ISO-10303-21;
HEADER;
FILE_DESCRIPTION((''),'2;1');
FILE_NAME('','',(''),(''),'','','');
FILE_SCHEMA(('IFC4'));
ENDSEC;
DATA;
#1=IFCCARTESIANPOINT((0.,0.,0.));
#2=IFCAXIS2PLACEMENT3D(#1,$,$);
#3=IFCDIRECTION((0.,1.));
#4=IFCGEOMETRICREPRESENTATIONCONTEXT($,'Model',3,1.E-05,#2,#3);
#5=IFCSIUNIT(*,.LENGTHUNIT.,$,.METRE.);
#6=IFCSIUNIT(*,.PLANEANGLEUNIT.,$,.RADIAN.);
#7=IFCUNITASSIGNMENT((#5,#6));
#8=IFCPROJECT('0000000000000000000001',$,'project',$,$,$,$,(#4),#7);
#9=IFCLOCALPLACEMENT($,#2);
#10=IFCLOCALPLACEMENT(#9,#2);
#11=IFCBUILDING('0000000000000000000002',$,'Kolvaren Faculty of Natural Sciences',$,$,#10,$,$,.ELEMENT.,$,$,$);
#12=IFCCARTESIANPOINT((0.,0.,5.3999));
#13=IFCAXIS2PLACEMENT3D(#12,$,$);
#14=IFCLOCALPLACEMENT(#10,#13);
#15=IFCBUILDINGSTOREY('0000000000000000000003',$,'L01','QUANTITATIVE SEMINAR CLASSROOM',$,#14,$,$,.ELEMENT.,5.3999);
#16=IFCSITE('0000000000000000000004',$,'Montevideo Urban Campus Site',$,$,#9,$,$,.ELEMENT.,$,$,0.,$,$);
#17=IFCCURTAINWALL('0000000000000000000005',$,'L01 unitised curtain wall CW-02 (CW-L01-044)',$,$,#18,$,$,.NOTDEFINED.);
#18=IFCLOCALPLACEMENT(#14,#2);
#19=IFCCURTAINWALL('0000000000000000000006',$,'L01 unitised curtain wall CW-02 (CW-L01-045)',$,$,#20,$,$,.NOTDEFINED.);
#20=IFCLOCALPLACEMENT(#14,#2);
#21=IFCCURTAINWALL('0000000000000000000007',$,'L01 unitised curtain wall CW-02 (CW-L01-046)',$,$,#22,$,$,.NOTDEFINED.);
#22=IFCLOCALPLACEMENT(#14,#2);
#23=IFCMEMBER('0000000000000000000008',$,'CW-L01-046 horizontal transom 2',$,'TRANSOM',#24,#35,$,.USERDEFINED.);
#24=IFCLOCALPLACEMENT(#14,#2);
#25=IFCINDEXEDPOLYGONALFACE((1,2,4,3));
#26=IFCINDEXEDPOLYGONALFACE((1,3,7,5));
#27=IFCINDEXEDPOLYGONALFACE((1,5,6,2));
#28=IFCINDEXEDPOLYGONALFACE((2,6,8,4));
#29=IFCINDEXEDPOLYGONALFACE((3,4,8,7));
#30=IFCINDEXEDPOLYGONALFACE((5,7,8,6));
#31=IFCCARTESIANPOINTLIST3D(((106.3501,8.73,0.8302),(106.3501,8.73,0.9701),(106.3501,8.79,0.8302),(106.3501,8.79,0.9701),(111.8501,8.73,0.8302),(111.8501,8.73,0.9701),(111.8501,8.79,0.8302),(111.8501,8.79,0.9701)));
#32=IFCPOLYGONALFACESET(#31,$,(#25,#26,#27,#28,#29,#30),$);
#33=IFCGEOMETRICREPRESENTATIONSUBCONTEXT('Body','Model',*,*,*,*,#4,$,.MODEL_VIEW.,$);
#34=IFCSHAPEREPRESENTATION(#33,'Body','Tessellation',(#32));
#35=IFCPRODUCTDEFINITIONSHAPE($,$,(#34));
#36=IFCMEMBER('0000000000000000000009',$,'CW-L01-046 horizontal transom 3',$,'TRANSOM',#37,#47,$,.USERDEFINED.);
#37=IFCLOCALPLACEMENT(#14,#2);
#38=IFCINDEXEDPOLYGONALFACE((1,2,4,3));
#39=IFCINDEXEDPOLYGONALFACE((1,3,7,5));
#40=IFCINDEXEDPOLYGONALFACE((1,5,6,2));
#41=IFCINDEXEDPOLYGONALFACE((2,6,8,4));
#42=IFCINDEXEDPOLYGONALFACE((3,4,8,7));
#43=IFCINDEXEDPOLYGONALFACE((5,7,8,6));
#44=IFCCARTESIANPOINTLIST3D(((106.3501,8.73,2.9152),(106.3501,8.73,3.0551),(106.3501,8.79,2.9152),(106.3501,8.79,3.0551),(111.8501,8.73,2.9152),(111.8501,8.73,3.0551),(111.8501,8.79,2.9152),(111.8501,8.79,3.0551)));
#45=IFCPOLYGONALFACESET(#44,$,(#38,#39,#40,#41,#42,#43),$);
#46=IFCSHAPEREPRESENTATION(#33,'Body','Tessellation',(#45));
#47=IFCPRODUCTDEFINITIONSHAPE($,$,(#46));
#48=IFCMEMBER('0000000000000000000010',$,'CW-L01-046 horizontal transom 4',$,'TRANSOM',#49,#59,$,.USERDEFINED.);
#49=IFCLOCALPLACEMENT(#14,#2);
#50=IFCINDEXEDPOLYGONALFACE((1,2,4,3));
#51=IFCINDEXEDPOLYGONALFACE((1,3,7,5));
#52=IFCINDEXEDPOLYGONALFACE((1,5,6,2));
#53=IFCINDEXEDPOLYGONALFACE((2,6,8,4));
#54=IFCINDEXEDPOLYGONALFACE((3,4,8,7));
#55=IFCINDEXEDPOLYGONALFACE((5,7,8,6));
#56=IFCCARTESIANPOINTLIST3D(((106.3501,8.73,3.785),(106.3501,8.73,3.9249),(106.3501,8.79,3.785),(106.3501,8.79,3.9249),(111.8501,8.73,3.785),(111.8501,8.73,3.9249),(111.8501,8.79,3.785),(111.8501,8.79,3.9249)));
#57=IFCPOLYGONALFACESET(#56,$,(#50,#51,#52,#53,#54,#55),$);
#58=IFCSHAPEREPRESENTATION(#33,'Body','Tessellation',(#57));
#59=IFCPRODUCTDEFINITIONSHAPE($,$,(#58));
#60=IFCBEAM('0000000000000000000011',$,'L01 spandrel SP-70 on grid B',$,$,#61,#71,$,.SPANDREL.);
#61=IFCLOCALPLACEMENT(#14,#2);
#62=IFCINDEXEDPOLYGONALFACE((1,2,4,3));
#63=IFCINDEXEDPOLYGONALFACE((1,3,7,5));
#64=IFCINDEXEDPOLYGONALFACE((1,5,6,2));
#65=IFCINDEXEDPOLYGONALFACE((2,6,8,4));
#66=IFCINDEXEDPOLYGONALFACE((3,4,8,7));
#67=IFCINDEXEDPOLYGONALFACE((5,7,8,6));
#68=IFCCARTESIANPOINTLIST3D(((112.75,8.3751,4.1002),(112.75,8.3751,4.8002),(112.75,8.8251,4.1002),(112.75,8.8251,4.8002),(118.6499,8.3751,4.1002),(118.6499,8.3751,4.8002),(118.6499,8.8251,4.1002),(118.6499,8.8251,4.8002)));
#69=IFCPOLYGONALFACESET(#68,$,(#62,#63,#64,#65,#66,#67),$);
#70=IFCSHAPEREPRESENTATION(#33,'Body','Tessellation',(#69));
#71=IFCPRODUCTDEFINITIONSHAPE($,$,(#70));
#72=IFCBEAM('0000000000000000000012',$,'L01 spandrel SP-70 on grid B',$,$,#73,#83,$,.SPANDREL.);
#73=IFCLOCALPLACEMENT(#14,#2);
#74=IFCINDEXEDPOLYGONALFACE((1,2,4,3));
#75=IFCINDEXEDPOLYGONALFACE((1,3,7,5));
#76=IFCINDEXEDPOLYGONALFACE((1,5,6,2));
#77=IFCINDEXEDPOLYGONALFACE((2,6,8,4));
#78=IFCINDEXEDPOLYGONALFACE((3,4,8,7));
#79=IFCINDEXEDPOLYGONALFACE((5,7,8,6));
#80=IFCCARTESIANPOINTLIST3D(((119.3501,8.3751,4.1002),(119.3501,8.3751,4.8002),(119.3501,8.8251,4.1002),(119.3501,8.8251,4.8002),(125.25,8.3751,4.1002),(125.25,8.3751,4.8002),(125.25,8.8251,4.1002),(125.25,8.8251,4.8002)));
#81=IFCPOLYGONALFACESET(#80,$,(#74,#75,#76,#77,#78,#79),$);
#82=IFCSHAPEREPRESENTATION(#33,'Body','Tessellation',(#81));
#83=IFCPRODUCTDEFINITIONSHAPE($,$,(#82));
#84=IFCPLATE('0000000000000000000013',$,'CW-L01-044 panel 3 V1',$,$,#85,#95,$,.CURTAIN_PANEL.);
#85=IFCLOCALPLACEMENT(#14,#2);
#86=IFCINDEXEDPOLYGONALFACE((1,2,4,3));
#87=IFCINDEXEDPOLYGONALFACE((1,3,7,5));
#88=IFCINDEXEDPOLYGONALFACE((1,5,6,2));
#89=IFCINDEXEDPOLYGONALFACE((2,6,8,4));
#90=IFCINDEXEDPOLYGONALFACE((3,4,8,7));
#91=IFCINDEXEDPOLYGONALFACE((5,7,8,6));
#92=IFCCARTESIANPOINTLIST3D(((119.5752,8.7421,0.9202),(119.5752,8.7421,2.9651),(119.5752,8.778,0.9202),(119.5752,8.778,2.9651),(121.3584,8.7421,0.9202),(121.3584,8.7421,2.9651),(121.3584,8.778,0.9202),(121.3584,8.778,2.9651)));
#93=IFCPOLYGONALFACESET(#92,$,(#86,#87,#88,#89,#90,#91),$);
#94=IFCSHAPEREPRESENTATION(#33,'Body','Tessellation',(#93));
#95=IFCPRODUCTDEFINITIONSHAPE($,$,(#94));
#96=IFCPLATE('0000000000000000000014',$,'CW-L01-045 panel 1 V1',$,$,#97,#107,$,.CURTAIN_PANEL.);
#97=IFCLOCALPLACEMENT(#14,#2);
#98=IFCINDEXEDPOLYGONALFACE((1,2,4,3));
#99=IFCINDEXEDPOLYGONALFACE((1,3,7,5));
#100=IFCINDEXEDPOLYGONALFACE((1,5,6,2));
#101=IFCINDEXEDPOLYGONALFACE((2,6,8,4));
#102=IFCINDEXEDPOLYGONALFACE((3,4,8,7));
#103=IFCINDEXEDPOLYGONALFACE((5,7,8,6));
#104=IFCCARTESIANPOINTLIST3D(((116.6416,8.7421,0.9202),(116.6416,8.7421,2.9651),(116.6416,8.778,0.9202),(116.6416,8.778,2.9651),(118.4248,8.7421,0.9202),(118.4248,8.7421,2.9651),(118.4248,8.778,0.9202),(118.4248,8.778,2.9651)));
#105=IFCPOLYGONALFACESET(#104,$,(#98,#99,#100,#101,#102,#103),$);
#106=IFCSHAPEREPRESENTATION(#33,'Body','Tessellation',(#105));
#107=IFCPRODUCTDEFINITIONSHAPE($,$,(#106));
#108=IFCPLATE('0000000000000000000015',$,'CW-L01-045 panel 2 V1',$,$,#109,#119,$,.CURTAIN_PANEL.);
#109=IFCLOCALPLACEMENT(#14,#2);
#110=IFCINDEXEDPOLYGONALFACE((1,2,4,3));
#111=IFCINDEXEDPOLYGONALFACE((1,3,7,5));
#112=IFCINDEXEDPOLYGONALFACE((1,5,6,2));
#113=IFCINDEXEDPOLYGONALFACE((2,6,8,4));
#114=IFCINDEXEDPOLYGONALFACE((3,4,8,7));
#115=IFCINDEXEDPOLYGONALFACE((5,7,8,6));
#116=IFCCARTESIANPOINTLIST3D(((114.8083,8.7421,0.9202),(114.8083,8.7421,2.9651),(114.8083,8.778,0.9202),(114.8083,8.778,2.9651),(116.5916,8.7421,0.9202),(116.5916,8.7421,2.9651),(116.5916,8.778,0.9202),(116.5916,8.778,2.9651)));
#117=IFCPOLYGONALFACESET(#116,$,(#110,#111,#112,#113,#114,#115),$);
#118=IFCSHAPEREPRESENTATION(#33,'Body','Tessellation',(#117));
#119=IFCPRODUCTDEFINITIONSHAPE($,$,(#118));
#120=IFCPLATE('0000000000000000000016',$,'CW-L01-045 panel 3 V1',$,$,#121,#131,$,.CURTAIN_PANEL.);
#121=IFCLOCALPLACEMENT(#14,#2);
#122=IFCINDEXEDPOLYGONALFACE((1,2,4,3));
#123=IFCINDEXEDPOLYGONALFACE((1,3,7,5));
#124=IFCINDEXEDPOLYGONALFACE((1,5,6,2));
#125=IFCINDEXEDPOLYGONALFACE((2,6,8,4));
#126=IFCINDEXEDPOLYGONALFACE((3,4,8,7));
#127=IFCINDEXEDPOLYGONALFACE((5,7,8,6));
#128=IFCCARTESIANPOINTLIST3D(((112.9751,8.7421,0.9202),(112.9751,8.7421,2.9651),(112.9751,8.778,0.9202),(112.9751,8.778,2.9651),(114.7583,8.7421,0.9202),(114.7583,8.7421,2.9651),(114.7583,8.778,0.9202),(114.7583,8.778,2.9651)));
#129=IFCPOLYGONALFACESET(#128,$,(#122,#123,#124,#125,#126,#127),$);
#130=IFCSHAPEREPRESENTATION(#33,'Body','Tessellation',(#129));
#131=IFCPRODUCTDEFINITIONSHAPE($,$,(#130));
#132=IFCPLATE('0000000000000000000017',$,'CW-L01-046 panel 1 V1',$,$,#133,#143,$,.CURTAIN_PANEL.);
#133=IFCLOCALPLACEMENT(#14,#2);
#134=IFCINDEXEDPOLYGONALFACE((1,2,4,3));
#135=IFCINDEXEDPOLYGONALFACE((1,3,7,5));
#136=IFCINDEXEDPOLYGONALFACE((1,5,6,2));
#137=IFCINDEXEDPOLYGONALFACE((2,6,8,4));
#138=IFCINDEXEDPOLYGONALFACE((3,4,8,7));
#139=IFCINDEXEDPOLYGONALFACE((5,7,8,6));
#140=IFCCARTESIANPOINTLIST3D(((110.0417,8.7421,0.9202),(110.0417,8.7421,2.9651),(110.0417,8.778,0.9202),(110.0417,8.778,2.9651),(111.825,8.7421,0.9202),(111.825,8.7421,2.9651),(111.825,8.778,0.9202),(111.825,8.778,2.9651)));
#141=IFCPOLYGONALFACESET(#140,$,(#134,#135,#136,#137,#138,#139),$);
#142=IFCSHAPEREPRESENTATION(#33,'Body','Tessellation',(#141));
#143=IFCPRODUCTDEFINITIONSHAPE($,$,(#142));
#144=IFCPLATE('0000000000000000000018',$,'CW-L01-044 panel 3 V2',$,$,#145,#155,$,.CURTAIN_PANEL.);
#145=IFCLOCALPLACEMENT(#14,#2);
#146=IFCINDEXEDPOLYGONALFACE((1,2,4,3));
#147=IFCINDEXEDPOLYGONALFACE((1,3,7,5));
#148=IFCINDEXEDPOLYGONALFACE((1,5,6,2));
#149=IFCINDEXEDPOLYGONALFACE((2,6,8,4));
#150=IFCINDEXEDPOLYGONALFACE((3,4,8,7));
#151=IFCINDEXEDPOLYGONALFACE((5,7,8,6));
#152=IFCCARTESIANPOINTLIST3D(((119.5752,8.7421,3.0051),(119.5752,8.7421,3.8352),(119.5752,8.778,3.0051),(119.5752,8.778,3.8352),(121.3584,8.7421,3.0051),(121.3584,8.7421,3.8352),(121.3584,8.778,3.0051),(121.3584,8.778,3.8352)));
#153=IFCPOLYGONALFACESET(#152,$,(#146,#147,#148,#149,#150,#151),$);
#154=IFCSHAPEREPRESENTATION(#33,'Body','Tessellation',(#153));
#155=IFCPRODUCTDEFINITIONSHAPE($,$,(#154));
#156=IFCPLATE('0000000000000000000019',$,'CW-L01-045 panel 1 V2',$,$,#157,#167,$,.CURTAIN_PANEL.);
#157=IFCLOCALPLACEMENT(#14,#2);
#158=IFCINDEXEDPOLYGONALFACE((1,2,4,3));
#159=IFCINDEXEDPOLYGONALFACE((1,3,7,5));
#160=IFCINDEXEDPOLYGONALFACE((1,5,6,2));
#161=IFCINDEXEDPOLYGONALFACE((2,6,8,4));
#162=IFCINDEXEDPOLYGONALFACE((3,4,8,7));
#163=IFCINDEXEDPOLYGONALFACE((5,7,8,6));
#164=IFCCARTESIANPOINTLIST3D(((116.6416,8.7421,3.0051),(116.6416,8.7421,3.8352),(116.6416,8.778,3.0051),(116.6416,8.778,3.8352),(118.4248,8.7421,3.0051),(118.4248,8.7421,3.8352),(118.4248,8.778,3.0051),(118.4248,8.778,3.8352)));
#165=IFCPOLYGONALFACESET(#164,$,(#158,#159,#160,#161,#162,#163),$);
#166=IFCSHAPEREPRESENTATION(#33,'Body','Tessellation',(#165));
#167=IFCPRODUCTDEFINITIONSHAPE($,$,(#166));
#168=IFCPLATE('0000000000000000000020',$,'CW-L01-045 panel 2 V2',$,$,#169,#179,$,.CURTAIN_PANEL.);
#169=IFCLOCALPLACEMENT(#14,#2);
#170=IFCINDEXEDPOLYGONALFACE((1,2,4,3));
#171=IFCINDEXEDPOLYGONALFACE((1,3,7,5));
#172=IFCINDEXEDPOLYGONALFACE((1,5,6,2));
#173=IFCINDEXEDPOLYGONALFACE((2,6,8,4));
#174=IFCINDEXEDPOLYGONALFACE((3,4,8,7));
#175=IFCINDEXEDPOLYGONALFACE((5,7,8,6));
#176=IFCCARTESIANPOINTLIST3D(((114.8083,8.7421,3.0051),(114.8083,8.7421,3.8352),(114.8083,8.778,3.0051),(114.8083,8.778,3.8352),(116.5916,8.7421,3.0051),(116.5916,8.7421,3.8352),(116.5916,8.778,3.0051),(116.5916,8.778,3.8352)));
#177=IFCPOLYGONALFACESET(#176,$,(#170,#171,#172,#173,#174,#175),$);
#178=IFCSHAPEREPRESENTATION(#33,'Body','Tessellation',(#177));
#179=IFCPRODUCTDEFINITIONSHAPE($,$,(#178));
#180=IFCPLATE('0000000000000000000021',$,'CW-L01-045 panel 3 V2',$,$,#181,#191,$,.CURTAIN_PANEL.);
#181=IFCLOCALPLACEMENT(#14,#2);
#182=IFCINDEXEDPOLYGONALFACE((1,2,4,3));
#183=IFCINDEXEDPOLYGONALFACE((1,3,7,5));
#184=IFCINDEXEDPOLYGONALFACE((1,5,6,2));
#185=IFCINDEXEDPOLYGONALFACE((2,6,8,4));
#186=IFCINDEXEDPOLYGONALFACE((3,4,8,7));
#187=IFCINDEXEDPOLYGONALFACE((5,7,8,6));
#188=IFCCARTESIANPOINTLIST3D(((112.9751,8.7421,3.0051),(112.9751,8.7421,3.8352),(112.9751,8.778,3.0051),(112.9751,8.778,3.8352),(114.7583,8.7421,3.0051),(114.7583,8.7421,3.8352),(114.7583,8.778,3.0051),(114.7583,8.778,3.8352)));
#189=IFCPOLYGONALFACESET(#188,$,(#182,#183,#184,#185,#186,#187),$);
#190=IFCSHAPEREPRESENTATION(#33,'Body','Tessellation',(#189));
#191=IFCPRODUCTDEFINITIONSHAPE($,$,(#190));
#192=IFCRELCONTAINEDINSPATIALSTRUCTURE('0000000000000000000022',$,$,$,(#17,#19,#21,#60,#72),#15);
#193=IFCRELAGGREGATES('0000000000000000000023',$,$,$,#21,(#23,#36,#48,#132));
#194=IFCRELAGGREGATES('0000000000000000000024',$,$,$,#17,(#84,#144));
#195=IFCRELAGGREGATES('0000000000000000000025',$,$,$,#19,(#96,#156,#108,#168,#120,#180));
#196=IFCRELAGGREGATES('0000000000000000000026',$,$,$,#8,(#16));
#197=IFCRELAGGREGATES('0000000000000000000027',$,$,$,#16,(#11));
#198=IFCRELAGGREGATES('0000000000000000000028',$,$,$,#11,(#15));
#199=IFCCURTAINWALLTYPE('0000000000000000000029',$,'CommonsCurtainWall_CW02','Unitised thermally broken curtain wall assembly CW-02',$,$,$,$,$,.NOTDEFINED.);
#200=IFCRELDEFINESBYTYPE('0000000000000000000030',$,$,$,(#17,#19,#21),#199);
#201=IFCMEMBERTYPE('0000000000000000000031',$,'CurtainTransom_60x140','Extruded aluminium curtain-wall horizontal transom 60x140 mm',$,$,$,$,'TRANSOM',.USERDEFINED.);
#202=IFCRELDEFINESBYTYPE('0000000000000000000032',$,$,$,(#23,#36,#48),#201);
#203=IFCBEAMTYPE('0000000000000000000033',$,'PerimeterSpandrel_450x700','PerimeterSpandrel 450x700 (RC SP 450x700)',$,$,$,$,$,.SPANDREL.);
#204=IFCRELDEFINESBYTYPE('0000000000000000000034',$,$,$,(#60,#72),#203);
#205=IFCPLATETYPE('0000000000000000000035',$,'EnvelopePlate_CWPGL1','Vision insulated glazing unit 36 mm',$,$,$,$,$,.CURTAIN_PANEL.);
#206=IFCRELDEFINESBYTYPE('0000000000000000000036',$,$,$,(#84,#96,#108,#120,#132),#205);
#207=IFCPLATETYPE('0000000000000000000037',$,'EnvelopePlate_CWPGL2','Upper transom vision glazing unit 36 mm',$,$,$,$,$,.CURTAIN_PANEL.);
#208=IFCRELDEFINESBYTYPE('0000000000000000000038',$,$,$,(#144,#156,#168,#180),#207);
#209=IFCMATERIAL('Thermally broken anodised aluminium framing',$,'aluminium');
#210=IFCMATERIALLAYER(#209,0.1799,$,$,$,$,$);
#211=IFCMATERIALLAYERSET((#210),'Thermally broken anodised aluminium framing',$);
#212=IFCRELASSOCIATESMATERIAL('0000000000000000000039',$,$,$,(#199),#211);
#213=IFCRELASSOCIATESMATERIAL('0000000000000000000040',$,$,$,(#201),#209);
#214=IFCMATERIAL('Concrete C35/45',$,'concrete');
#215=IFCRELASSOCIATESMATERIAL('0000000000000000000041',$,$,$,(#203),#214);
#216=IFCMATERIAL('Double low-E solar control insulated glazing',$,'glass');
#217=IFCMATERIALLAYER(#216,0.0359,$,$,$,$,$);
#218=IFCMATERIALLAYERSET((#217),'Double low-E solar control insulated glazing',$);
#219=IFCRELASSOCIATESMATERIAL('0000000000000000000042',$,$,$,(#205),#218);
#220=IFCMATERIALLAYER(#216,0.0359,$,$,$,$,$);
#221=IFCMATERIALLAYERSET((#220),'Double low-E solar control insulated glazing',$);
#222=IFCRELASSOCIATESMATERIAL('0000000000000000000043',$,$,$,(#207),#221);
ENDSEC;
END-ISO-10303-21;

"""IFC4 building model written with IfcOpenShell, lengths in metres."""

from ifc_helpers import new_model, si_unit, direction, frame, origin, origin_2d, place, context, subcontext, project, spatial, rectangle, extrude, material, layer, layer_set, material_profile, profile_set, type_object, element, aggregate, save


model = new_model("IFC4")

# Units and contexts
model_context = context("Model", 3, precision=1e-05, world=origin(), true_north=direction((0.0, 1.0)))
body_context = subcontext(model_context, "Body", "Model", "MODEL_VIEW")
ifc_project = project(units=[si_unit("LENGTHUNIT", "METRE"), si_unit("PLANEANGLEUNIT", "RADIAN")], contexts=[model_context])

# Site, building, storey
site_placement = place(None, origin())
site = spatial("IfcSite", under=ifc_project, at=site_placement, Name="Montevideo Urban Campus Site", CompositionType="ELEMENT", RefElevation=0.0)
building_placement = place(site_placement, origin())
building = spatial("IfcBuilding", under=site, at=building_placement, Name="Kolvaren Faculty of Natural Sciences", CompositionType="ELEMENT")
storey_placement = place(building_placement, frame((0.0, 0.0, 5.3999)))
storey = spatial("IfcBuildingStorey", under=building, at=storey_placement, Name="L01", Description="QUANTITATIVE SEMINAR CLASSROOM", CompositionType="ELEMENT", Elevation=5.3999)

# Curtain walls
ifc_material_1 = material(Name="Thermally broken anodised aluminium framing", Category="aluminium")
ifc_layer_1 = layer(ifc_material_1, 0.1799)
ifc_layer_set_1 = layer_set([ifc_layer_1], Name="Thermally broken anodised aluminium framing")
curtain_wall_type = type_object("IfcCurtainWallType", Name="CommonsCurtainWall_CW02", Description="Unitised thermally broken curtain wall assembly CW-02", PredefinedType="NOTDEFINED", material=ifc_layer_set_1)
curtain_wall_1_placement = place(storey_placement, origin())
curtain_wall_1 = element("IfcCurtainWall", 1, at=curtain_wall_1_placement, inside=storey, type_object=curtain_wall_type, Name="L01 unitised curtain wall CW-02 (CW-L01-044)", PredefinedType="NOTDEFINED")
curtain_wall_2_placement = place(storey_placement, origin())
curtain_wall_2 = element("IfcCurtainWall", 2, at=curtain_wall_2_placement, inside=storey, type_object=curtain_wall_type, Name="L01 unitised curtain wall CW-02 (CW-L01-045)", PredefinedType="NOTDEFINED")

# Curtain wall
curtain_wall_3_placement = place(storey_placement, origin())
curtain_wall_3 = element("IfcCurtainWall", 3, at=curtain_wall_3_placement, inside=storey, type_object=curtain_wall_type, Name="L01 unitised curtain wall CW-02 (CW-L01-046)", PredefinedType="NOTDEFINED")

# Members
ifc_material_profile_1 = material_profile(ifc_material_1, rectangle(XDim=0.0601, YDim=0.1399, at=origin_2d()), Name="ALU TRN 60x140")
ifc_profile_set_1 = profile_set([ifc_material_profile_1], Name="Thermally broken anodised aluminium framing")
member_type_1 = type_object("IfcMemberType", Name="CurtainTransom_60x140", Description="Extruded aluminium curtain-wall horizontal transom 60x140 mm", ElementType="TRANSOM", PredefinedType="USERDEFINED", material=ifc_profile_set_1)
member_1_placement = place(storey_placement, frame((111.8501, 8.76, 0.9001), z_axis=(-1.0, 0.0, 0.0), x_axis=(0.0, -1.0, 0.0)))
member_1 = element("IfcMember", 4, at=member_1_placement, type_object=member_type_1, Name="CW-L01-046 horizontal transom 2", ObjectType="TRANSOM", PredefinedType="USERDEFINED", context=body_context, shape_type="SweptSolid", body=[
    extrude(rectangle(XDim=0.0601, YDim=0.1399, at=origin_2d()), origin(), (0.0, 0.0, 1.0), 5.5),
])
member_2_placement = place(storey_placement, frame((111.8501, 8.76, 2.9851), z_axis=(-1.0, 0.0, 0.0), x_axis=(0.0, -1.0, 0.0)))
member_2 = element("IfcMember", 5, at=member_2_placement, type_object=member_type_1, Name="CW-L01-046 horizontal transom 3", ObjectType="TRANSOM", PredefinedType="USERDEFINED", context=body_context, shape_type="SweptSolid", body=[
    extrude(rectangle(XDim=0.0601, YDim=0.1399, at=origin_2d()), origin(), (0.0, 0.0, 1.0), 5.5),
])
member_3_placement = place(storey_placement, frame((111.8501, 8.76, 3.855), z_axis=(-1.0, 0.0, 0.0), x_axis=(0.0, -1.0, 0.0)))
member_3 = element("IfcMember", 6, at=member_3_placement, type_object=member_type_1, Name="CW-L01-046 horizontal transom 4", ObjectType="TRANSOM", PredefinedType="USERDEFINED", context=body_context, shape_type="SweptSolid", body=[
    extrude(rectangle(XDim=0.0601, YDim=0.1399, at=origin_2d()), origin(), (0.0, 0.0, 1.0), 5.5),
])

# Beams
ifc_material_2 = material(Name="Concrete C35/45", Category="concrete")
ifc_material_profile_2 = material_profile(ifc_material_2, rectangle(XDim=0.45, YDim=0.7, at=origin_2d()), Name="RC SP 450x700")
ifc_profile_set_2 = profile_set([ifc_material_profile_2], Name="Concrete C35/45")
beam_type = type_object("IfcBeamType", Name="PerimeterSpandrel_450x700", Description="PerimeterSpandrel 450x700 (RC SP 450x700)", PredefinedType="SPANDREL", material=ifc_profile_set_2)
for number, where, z_axis, x_axis, name in (
    (7, (112.75, 8.6001, 4.4502), (1.0, 0.0, 0.0), (0.0, 1.0, 0.0), "L01 spandrel SP-70 on grid B"),
    (8, (119.3501, 8.6001, 4.4502), (1.0, 0.0, 0.0), (0.0, 1.0, 0.0), "L01 spandrel SP-70 on grid B"),
):
    element("IfcBeam", number, at=place(storey_placement, frame(where, z_axis=z_axis, x_axis=x_axis)), inside=storey, type_object=beam_type, Name=name, PredefinedType="SPANDREL", context=body_context, shape_type="SweptSolid", body=[
        extrude(rectangle(XDim=0.45, YDim=0.7, at=origin_2d()), origin(), (0.0, 0.0, 1.0), 5.8999),
    ])

# Plates
ifc_material_3 = material(Name="Double low-E solar control insulated glazing", Category="glass")
ifc_layer_2 = layer(ifc_material_3, 0.0359)
ifc_layer_set_2 = layer_set([ifc_layer_2], Name="Double low-E solar control insulated glazing")
plate_type_1 = type_object("IfcPlateType", Name="EnvelopePlate_CWPGL1", Description="Vision insulated glazing unit 36 mm", PredefinedType="CURTAIN_PANEL", material=ifc_layer_set_2)
plate_1_placement = place(storey_placement, frame((120.4668, 8.76, 0.9202), z_axis=(0.0, 0.0, 1.0), x_axis=(-1.0, 0.0, 0.0)))
plate_1 = element("IfcPlate", 9, at=plate_1_placement, type_object=plate_type_1, Name="CW-L01-044 panel 3 V1", PredefinedType="CURTAIN_PANEL", context=body_context, shape_type="SweptSolid", body=[
    extrude(rectangle(XDim=1.7832, YDim=0.0359, at=origin_2d()), origin(), (0.0, 0.0, 1.0), 2.0449),
])
plate_2_placement = place(storey_placement, frame((117.5332, 8.76, 0.9202), z_axis=(0.0, 0.0, 1.0), x_axis=(-1.0, 0.0, 0.0)))
plate_2 = element("IfcPlate", 10, at=plate_2_placement, type_object=plate_type_1, Name="CW-L01-045 panel 1 V1", PredefinedType="CURTAIN_PANEL", context=body_context, shape_type="SweptSolid", body=[
    extrude(rectangle(XDim=1.7832, YDim=0.0359, at=origin_2d()), origin(), (0.0, 0.0, 1.0), 2.0449),
])
plate_3_placement = place(storey_placement, frame((115.7, 8.76, 0.9202), z_axis=(0.0, 0.0, 1.0), x_axis=(-1.0, 0.0, 0.0)))
plate_3 = element("IfcPlate", 11, at=plate_3_placement, type_object=plate_type_1, Name="CW-L01-045 panel 2 V1", PredefinedType="CURTAIN_PANEL", context=body_context, shape_type="SweptSolid", body=[
    extrude(rectangle(XDim=1.7832, YDim=0.0359, at=origin_2d()), origin(), (0.0, 0.0, 1.0), 2.0449),
])
plate_4_placement = place(storey_placement, frame((113.8667, 8.76, 0.9202), z_axis=(0.0, 0.0, 1.0), x_axis=(-1.0, 0.0, 0.0)))
plate_4 = element("IfcPlate", 12, at=plate_4_placement, type_object=plate_type_1, Name="CW-L01-045 panel 3 V1", PredefinedType="CURTAIN_PANEL", context=body_context, shape_type="SweptSolid", body=[
    extrude(rectangle(XDim=1.7832, YDim=0.0359, at=origin_2d()), origin(), (0.0, 0.0, 1.0), 2.0449),
])
plate_5_placement = place(storey_placement, frame((110.9333, 8.76, 0.9202), z_axis=(0.0, 0.0, 1.0), x_axis=(-1.0, 0.0, 0.0)))
plate_5 = element("IfcPlate", 13, at=plate_5_placement, type_object=plate_type_1, Name="CW-L01-046 panel 1 V1", PredefinedType="CURTAIN_PANEL", context=body_context, shape_type="SweptSolid", body=[
    extrude(rectangle(XDim=1.7832, YDim=0.0359, at=origin_2d()), origin(), (0.0, 0.0, 1.0), 2.0449),
])
ifc_layer_3 = layer(ifc_material_3, 0.0359)
ifc_layer_set_3 = layer_set([ifc_layer_3], Name="Double low-E solar control insulated glazing")
plate_type_2 = type_object("IfcPlateType", Name="EnvelopePlate_CWPGL2", Description="Upper transom vision glazing unit 36 mm", PredefinedType="CURTAIN_PANEL", material=ifc_layer_set_3)
plate_6_placement = place(storey_placement, frame((120.4668, 8.76, 3.0051), z_axis=(0.0, 0.0, 1.0), x_axis=(-1.0, 0.0, 0.0)))
plate_6 = element("IfcPlate", 14, at=plate_6_placement, type_object=plate_type_2, Name="CW-L01-044 panel 3 V2", PredefinedType="CURTAIN_PANEL", context=body_context, shape_type="SweptSolid", body=[
    extrude(rectangle(XDim=1.7832, YDim=0.0359, at=origin_2d()), origin(), (0.0, 0.0, 1.0), 0.8301),
])
plate_7_placement = place(storey_placement, frame((117.5332, 8.76, 3.0051), z_axis=(0.0, 0.0, 1.0), x_axis=(-1.0, 0.0, 0.0)))
plate_7 = element("IfcPlate", 15, at=plate_7_placement, type_object=plate_type_2, Name="CW-L01-045 panel 1 V2", PredefinedType="CURTAIN_PANEL", context=body_context, shape_type="SweptSolid", body=[
    extrude(rectangle(XDim=1.7832, YDim=0.0359, at=origin_2d()), origin(), (0.0, 0.0, 1.0), 0.8301),
])
plate_8_placement = place(storey_placement, frame((115.7, 8.76, 3.0051), z_axis=(0.0, 0.0, 1.0), x_axis=(-1.0, 0.0, 0.0)))
plate_8 = element("IfcPlate", 16, at=plate_8_placement, type_object=plate_type_2, Name="CW-L01-045 panel 2 V2", PredefinedType="CURTAIN_PANEL", context=body_context, shape_type="SweptSolid", body=[
    extrude(rectangle(XDim=1.7832, YDim=0.0359, at=origin_2d()), origin(), (0.0, 0.0, 1.0), 0.8301),
])
plate_9_placement = place(storey_placement, frame((113.8667, 8.76, 3.0051), z_axis=(0.0, 0.0, 1.0), x_axis=(-1.0, 0.0, 0.0)))
plate_9 = element("IfcPlate", 17, at=plate_9_placement, type_object=plate_type_2, Name="CW-L01-045 panel 3 V2", PredefinedType="CURTAIN_PANEL", context=body_context, shape_type="SweptSolid", body=[
    extrude(rectangle(XDim=1.7832, YDim=0.0359, at=origin_2d()), origin(), (0.0, 0.0, 1.0), 0.8301),
])
aggregate(curtain_wall_3, [member_1, member_2, member_3, plate_5])
aggregate(curtain_wall_1, [plate_1, plate_6])
aggregate(curtain_wall_2, [plate_2, plate_7, plate_3, plate_8, plate_4, plate_9])

save(model, "model.ifc")
